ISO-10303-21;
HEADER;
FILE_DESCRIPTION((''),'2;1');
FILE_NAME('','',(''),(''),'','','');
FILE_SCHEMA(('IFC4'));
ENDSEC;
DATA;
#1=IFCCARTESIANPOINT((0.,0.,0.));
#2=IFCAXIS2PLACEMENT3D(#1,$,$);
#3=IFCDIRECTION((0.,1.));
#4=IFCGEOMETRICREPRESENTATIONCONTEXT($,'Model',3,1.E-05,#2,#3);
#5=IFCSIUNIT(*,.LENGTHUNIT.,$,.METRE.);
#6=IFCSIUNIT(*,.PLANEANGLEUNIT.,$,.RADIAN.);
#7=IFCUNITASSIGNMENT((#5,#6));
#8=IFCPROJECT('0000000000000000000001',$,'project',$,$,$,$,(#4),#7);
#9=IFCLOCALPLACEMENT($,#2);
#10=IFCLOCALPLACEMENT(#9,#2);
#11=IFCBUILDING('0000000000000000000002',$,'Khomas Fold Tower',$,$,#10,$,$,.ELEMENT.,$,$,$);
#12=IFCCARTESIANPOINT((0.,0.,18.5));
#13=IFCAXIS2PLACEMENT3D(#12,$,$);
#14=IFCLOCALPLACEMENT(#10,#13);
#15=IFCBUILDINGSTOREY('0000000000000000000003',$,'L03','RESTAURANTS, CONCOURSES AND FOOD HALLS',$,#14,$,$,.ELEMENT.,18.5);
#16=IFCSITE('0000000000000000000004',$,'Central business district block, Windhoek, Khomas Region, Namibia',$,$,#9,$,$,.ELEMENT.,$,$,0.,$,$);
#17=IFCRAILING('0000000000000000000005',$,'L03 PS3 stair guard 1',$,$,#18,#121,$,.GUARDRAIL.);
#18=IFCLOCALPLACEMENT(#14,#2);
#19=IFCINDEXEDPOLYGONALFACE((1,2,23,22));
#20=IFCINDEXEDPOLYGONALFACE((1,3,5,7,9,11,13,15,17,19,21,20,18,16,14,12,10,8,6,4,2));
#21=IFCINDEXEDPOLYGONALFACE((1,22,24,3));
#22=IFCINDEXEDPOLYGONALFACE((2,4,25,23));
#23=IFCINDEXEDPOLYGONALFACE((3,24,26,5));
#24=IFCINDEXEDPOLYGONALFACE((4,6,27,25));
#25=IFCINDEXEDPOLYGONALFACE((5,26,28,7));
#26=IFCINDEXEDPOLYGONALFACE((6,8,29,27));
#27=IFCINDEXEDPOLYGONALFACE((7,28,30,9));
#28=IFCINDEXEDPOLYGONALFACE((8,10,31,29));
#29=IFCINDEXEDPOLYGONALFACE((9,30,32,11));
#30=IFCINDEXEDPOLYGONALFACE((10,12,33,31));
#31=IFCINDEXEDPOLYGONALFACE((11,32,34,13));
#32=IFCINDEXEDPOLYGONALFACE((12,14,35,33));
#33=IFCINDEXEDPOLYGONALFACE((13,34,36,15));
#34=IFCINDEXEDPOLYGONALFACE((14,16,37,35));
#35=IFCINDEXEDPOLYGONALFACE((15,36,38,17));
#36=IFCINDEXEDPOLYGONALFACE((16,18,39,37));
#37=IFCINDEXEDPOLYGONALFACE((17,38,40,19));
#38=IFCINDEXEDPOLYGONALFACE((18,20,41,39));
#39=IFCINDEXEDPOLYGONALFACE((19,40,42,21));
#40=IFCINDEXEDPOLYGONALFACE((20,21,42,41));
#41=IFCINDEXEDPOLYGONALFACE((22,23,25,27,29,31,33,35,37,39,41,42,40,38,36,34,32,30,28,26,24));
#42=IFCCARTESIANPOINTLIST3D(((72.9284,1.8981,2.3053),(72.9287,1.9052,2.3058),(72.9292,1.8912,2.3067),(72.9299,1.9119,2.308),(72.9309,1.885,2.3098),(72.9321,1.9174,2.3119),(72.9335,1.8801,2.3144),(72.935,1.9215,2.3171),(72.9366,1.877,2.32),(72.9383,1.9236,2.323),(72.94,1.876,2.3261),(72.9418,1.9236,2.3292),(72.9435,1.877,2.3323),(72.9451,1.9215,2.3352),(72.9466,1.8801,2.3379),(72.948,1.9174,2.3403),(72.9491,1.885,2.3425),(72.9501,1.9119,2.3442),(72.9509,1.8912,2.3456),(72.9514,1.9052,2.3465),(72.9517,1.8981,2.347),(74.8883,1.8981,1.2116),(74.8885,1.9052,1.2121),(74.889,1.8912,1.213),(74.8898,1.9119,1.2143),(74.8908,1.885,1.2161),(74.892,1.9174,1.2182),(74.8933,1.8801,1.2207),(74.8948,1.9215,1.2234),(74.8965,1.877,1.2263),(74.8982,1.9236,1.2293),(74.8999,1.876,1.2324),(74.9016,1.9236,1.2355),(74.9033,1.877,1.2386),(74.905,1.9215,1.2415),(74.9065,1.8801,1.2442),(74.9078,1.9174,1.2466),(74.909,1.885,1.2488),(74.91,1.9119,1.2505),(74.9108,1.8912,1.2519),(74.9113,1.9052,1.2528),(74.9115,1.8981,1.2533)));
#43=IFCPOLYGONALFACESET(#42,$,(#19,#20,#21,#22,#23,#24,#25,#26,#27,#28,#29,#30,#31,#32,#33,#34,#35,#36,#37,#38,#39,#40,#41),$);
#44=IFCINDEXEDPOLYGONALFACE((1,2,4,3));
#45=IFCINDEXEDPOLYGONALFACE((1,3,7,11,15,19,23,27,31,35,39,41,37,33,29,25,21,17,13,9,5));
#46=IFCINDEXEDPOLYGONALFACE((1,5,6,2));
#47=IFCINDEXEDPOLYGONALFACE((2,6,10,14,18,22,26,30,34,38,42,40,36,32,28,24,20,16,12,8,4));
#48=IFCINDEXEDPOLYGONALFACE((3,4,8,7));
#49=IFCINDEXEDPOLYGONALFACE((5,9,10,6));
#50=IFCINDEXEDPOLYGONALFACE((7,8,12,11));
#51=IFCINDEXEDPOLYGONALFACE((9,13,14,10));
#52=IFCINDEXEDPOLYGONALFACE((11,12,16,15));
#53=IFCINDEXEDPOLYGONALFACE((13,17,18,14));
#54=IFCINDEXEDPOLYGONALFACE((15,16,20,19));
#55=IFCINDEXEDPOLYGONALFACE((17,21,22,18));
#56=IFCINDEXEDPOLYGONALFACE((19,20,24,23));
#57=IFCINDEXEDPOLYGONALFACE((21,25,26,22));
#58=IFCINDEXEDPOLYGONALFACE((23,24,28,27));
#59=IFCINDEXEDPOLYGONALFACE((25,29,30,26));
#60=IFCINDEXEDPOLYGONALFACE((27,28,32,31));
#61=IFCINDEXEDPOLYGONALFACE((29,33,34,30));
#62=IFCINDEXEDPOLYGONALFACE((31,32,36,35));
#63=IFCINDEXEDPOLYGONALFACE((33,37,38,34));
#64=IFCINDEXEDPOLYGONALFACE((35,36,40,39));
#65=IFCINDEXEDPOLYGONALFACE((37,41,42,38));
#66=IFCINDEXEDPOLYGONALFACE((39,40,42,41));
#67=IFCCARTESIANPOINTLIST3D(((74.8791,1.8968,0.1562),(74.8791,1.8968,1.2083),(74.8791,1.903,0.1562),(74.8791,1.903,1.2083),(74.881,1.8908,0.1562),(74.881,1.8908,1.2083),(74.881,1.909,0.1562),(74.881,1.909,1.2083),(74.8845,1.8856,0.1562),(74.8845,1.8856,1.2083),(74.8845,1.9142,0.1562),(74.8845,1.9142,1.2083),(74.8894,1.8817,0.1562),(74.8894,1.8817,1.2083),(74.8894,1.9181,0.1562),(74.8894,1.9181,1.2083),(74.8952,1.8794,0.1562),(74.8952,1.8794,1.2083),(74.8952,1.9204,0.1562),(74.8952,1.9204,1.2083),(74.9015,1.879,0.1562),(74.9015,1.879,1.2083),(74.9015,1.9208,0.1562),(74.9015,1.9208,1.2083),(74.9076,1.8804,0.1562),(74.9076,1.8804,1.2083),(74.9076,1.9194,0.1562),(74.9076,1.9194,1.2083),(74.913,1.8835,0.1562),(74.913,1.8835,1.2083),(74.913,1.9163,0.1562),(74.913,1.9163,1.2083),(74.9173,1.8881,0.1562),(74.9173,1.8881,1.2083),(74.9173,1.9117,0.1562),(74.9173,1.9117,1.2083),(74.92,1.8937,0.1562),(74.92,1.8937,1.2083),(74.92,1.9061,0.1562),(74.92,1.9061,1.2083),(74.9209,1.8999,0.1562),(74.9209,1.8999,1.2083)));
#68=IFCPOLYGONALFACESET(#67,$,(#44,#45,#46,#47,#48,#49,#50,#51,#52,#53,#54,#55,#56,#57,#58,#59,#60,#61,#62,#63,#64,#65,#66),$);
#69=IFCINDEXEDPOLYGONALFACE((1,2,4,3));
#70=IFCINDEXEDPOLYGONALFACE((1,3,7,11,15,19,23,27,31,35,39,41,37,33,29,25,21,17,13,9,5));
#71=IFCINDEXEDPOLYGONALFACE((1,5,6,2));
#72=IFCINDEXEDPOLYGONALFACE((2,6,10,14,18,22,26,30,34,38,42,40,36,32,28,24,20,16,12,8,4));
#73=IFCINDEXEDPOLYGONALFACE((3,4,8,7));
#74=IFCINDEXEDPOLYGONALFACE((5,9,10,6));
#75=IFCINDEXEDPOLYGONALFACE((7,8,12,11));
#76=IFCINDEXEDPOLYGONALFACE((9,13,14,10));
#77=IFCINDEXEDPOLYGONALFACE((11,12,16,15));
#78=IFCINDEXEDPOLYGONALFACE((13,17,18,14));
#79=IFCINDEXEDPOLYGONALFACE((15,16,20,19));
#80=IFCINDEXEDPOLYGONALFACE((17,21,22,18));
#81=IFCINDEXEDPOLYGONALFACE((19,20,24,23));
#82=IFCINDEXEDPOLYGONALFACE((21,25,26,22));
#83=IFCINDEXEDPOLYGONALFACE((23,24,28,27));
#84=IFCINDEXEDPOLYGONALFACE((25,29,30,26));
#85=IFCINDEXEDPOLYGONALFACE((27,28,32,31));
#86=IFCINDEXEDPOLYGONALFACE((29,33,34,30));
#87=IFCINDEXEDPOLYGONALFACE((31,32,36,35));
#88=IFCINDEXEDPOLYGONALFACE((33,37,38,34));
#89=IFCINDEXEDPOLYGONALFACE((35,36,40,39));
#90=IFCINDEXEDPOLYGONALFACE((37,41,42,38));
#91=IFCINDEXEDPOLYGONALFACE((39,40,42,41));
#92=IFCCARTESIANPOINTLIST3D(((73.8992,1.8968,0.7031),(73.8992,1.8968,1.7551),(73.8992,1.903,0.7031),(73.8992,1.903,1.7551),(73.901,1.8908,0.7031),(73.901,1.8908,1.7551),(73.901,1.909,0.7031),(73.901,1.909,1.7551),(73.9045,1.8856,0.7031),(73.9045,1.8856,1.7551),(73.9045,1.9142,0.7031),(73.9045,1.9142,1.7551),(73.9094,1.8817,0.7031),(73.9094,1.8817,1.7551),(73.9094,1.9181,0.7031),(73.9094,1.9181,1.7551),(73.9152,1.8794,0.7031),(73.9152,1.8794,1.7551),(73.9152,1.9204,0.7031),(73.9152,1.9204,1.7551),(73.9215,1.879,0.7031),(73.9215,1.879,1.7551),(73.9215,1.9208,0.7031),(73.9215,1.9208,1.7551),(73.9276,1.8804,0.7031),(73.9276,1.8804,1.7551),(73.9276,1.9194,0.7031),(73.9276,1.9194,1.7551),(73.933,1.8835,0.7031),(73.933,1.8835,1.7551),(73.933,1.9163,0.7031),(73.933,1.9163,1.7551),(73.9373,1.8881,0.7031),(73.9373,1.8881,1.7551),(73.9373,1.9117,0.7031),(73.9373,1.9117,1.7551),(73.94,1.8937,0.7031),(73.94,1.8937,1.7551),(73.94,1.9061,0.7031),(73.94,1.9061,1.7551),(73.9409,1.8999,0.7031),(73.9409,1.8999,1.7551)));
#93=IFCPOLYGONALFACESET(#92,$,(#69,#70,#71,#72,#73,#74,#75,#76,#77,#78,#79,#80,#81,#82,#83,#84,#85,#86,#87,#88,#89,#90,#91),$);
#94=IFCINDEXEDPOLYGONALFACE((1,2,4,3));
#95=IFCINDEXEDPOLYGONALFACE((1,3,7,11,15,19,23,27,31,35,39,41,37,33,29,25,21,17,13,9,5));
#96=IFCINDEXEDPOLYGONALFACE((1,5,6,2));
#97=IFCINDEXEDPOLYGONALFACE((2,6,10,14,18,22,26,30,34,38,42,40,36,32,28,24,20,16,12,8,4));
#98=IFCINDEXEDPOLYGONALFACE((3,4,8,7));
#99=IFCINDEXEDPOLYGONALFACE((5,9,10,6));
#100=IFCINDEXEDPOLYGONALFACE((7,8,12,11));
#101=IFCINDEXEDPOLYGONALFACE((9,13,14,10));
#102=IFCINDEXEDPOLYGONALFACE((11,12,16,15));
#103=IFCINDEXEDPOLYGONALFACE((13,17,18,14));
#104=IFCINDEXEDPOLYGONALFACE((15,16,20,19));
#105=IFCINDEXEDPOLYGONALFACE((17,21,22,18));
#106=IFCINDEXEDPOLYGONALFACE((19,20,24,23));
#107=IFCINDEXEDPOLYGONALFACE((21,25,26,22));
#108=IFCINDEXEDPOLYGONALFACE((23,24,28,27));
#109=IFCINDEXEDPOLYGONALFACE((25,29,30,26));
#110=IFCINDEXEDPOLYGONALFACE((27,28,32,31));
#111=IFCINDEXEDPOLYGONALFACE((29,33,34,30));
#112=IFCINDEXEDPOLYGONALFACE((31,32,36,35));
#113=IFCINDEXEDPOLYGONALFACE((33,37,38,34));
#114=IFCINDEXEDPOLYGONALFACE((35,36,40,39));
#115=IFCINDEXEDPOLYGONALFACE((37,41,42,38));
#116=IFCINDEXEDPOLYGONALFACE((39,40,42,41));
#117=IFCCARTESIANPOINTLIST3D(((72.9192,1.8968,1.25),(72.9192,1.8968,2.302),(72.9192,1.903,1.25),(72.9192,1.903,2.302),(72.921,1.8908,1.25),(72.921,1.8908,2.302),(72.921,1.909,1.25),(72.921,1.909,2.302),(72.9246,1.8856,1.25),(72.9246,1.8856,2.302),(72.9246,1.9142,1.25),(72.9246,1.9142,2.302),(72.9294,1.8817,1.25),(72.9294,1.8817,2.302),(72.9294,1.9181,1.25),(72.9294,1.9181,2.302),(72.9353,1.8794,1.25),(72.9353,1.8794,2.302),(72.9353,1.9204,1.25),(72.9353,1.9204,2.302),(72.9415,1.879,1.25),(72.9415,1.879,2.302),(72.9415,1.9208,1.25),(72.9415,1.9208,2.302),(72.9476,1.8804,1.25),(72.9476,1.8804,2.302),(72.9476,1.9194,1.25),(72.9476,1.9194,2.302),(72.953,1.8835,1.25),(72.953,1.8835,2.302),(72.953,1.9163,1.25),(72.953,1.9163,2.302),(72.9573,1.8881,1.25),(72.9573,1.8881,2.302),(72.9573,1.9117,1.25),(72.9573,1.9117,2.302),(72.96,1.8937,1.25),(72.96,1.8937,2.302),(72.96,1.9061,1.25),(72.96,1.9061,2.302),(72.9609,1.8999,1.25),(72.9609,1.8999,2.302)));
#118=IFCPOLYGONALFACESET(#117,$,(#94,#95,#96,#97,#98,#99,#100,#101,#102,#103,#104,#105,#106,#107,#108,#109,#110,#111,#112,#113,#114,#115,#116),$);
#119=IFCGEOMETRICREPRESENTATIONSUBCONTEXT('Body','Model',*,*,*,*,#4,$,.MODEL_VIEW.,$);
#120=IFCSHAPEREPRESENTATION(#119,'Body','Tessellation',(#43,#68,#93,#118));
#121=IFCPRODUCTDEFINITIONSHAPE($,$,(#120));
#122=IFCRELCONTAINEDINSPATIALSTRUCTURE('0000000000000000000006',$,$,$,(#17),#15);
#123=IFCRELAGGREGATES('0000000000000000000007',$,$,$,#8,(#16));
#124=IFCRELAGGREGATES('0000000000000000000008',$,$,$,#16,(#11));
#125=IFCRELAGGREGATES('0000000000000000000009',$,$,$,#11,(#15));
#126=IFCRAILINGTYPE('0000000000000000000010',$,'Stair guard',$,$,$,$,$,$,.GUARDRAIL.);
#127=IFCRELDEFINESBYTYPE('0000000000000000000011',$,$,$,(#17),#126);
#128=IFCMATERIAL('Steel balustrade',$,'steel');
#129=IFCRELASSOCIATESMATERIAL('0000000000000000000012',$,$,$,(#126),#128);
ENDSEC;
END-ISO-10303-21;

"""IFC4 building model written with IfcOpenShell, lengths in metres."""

from ifc_helpers import new_model, si_unit, direction, frame, origin, origin_2d, place, context, subcontext, project, spatial, circle, extrude, source, transform, mapped, material, type_object, element, save


model = new_model("IFC4")

# Units and contexts
model_context = context("Model", 3, precision=1e-05, world=origin(), true_north=direction((0.0, 1.0)))
body_context = subcontext(model_context, "Body", "Model", "MODEL_VIEW")
ifc_project = project(units=[si_unit("LENGTHUNIT", "METRE"), si_unit("PLANEANGLEUNIT", "RADIAN")], contexts=[model_context])

# Site, building, storey
site_placement = place(None, origin())
site = spatial("IfcSite", under=ifc_project, at=site_placement, Name="Central business district block, Windhoek, Khomas Region, Namibia", CompositionType="ELEMENT", RefElevation=0.0)
building_placement = place(site_placement, origin())
building = spatial("IfcBuilding", under=site, at=building_placement, Name="Khomas Fold Tower", CompositionType="ELEMENT")
storey_placement = place(building_placement, frame((0.0, 0.0, 18.5)))
storey = spatial("IfcBuildingStorey", under=building, at=storey_placement, Name="L03", Description="RESTAURANTS, CONCOURSES AND FOOD HALLS", CompositionType="ELEMENT", Elevation=18.5)

# Railing
ifc_material_1 = material(Name="Steel balustrade", Category="steel")
railing_type_1 = type_object("IfcRailingType", Name="Stair guard", PredefinedType="GUARDRAIL", material=ifc_material_1)
shared_shape_1 = source(origin(), body_context, "Body", "SweptSolid", [
    extrude(circle(Radius=0.0239, at=origin_2d()), frame((0.0, 0.0, 1.0762), z_axis=(-0.873232, 0.0, 0.487304), x_axis=(0.0, -1.0, 0.0)), (0.0, 0.0, 1.0), 2.2444),
    extrude(circle(Radius=0.021, at=origin_2d()), origin(), (0.0, 0.0, 1.0), 1.052),
    extrude(circle(Radius=0.021, at=origin_2d()), frame((-0.98, 0.0, 0.5469)), (0.0, 0.0, 1.0), 1.052),
    extrude(circle(Radius=0.021, at=origin_2d()), frame((-1.96, 0.0, 1.0938)), (0.0, 0.0, 1.0), 1.052),
])
for number, where, name in (
    (1, (74.8999, 1.8999, 0.1562), "L03 PS3 stair guard 1"),
):
    element("IfcRailing", number, at=place(storey_placement, frame(where)), inside=storey, type_object=railing_type_1, Name=name, PredefinedType="GUARDRAIL", context=body_context, shape_type="MappedRepresentation", body=[
        mapped(shared_shape_1, transform((0.0, 0.0, 0.0))),
    ])

save(model, "model.ifc")
